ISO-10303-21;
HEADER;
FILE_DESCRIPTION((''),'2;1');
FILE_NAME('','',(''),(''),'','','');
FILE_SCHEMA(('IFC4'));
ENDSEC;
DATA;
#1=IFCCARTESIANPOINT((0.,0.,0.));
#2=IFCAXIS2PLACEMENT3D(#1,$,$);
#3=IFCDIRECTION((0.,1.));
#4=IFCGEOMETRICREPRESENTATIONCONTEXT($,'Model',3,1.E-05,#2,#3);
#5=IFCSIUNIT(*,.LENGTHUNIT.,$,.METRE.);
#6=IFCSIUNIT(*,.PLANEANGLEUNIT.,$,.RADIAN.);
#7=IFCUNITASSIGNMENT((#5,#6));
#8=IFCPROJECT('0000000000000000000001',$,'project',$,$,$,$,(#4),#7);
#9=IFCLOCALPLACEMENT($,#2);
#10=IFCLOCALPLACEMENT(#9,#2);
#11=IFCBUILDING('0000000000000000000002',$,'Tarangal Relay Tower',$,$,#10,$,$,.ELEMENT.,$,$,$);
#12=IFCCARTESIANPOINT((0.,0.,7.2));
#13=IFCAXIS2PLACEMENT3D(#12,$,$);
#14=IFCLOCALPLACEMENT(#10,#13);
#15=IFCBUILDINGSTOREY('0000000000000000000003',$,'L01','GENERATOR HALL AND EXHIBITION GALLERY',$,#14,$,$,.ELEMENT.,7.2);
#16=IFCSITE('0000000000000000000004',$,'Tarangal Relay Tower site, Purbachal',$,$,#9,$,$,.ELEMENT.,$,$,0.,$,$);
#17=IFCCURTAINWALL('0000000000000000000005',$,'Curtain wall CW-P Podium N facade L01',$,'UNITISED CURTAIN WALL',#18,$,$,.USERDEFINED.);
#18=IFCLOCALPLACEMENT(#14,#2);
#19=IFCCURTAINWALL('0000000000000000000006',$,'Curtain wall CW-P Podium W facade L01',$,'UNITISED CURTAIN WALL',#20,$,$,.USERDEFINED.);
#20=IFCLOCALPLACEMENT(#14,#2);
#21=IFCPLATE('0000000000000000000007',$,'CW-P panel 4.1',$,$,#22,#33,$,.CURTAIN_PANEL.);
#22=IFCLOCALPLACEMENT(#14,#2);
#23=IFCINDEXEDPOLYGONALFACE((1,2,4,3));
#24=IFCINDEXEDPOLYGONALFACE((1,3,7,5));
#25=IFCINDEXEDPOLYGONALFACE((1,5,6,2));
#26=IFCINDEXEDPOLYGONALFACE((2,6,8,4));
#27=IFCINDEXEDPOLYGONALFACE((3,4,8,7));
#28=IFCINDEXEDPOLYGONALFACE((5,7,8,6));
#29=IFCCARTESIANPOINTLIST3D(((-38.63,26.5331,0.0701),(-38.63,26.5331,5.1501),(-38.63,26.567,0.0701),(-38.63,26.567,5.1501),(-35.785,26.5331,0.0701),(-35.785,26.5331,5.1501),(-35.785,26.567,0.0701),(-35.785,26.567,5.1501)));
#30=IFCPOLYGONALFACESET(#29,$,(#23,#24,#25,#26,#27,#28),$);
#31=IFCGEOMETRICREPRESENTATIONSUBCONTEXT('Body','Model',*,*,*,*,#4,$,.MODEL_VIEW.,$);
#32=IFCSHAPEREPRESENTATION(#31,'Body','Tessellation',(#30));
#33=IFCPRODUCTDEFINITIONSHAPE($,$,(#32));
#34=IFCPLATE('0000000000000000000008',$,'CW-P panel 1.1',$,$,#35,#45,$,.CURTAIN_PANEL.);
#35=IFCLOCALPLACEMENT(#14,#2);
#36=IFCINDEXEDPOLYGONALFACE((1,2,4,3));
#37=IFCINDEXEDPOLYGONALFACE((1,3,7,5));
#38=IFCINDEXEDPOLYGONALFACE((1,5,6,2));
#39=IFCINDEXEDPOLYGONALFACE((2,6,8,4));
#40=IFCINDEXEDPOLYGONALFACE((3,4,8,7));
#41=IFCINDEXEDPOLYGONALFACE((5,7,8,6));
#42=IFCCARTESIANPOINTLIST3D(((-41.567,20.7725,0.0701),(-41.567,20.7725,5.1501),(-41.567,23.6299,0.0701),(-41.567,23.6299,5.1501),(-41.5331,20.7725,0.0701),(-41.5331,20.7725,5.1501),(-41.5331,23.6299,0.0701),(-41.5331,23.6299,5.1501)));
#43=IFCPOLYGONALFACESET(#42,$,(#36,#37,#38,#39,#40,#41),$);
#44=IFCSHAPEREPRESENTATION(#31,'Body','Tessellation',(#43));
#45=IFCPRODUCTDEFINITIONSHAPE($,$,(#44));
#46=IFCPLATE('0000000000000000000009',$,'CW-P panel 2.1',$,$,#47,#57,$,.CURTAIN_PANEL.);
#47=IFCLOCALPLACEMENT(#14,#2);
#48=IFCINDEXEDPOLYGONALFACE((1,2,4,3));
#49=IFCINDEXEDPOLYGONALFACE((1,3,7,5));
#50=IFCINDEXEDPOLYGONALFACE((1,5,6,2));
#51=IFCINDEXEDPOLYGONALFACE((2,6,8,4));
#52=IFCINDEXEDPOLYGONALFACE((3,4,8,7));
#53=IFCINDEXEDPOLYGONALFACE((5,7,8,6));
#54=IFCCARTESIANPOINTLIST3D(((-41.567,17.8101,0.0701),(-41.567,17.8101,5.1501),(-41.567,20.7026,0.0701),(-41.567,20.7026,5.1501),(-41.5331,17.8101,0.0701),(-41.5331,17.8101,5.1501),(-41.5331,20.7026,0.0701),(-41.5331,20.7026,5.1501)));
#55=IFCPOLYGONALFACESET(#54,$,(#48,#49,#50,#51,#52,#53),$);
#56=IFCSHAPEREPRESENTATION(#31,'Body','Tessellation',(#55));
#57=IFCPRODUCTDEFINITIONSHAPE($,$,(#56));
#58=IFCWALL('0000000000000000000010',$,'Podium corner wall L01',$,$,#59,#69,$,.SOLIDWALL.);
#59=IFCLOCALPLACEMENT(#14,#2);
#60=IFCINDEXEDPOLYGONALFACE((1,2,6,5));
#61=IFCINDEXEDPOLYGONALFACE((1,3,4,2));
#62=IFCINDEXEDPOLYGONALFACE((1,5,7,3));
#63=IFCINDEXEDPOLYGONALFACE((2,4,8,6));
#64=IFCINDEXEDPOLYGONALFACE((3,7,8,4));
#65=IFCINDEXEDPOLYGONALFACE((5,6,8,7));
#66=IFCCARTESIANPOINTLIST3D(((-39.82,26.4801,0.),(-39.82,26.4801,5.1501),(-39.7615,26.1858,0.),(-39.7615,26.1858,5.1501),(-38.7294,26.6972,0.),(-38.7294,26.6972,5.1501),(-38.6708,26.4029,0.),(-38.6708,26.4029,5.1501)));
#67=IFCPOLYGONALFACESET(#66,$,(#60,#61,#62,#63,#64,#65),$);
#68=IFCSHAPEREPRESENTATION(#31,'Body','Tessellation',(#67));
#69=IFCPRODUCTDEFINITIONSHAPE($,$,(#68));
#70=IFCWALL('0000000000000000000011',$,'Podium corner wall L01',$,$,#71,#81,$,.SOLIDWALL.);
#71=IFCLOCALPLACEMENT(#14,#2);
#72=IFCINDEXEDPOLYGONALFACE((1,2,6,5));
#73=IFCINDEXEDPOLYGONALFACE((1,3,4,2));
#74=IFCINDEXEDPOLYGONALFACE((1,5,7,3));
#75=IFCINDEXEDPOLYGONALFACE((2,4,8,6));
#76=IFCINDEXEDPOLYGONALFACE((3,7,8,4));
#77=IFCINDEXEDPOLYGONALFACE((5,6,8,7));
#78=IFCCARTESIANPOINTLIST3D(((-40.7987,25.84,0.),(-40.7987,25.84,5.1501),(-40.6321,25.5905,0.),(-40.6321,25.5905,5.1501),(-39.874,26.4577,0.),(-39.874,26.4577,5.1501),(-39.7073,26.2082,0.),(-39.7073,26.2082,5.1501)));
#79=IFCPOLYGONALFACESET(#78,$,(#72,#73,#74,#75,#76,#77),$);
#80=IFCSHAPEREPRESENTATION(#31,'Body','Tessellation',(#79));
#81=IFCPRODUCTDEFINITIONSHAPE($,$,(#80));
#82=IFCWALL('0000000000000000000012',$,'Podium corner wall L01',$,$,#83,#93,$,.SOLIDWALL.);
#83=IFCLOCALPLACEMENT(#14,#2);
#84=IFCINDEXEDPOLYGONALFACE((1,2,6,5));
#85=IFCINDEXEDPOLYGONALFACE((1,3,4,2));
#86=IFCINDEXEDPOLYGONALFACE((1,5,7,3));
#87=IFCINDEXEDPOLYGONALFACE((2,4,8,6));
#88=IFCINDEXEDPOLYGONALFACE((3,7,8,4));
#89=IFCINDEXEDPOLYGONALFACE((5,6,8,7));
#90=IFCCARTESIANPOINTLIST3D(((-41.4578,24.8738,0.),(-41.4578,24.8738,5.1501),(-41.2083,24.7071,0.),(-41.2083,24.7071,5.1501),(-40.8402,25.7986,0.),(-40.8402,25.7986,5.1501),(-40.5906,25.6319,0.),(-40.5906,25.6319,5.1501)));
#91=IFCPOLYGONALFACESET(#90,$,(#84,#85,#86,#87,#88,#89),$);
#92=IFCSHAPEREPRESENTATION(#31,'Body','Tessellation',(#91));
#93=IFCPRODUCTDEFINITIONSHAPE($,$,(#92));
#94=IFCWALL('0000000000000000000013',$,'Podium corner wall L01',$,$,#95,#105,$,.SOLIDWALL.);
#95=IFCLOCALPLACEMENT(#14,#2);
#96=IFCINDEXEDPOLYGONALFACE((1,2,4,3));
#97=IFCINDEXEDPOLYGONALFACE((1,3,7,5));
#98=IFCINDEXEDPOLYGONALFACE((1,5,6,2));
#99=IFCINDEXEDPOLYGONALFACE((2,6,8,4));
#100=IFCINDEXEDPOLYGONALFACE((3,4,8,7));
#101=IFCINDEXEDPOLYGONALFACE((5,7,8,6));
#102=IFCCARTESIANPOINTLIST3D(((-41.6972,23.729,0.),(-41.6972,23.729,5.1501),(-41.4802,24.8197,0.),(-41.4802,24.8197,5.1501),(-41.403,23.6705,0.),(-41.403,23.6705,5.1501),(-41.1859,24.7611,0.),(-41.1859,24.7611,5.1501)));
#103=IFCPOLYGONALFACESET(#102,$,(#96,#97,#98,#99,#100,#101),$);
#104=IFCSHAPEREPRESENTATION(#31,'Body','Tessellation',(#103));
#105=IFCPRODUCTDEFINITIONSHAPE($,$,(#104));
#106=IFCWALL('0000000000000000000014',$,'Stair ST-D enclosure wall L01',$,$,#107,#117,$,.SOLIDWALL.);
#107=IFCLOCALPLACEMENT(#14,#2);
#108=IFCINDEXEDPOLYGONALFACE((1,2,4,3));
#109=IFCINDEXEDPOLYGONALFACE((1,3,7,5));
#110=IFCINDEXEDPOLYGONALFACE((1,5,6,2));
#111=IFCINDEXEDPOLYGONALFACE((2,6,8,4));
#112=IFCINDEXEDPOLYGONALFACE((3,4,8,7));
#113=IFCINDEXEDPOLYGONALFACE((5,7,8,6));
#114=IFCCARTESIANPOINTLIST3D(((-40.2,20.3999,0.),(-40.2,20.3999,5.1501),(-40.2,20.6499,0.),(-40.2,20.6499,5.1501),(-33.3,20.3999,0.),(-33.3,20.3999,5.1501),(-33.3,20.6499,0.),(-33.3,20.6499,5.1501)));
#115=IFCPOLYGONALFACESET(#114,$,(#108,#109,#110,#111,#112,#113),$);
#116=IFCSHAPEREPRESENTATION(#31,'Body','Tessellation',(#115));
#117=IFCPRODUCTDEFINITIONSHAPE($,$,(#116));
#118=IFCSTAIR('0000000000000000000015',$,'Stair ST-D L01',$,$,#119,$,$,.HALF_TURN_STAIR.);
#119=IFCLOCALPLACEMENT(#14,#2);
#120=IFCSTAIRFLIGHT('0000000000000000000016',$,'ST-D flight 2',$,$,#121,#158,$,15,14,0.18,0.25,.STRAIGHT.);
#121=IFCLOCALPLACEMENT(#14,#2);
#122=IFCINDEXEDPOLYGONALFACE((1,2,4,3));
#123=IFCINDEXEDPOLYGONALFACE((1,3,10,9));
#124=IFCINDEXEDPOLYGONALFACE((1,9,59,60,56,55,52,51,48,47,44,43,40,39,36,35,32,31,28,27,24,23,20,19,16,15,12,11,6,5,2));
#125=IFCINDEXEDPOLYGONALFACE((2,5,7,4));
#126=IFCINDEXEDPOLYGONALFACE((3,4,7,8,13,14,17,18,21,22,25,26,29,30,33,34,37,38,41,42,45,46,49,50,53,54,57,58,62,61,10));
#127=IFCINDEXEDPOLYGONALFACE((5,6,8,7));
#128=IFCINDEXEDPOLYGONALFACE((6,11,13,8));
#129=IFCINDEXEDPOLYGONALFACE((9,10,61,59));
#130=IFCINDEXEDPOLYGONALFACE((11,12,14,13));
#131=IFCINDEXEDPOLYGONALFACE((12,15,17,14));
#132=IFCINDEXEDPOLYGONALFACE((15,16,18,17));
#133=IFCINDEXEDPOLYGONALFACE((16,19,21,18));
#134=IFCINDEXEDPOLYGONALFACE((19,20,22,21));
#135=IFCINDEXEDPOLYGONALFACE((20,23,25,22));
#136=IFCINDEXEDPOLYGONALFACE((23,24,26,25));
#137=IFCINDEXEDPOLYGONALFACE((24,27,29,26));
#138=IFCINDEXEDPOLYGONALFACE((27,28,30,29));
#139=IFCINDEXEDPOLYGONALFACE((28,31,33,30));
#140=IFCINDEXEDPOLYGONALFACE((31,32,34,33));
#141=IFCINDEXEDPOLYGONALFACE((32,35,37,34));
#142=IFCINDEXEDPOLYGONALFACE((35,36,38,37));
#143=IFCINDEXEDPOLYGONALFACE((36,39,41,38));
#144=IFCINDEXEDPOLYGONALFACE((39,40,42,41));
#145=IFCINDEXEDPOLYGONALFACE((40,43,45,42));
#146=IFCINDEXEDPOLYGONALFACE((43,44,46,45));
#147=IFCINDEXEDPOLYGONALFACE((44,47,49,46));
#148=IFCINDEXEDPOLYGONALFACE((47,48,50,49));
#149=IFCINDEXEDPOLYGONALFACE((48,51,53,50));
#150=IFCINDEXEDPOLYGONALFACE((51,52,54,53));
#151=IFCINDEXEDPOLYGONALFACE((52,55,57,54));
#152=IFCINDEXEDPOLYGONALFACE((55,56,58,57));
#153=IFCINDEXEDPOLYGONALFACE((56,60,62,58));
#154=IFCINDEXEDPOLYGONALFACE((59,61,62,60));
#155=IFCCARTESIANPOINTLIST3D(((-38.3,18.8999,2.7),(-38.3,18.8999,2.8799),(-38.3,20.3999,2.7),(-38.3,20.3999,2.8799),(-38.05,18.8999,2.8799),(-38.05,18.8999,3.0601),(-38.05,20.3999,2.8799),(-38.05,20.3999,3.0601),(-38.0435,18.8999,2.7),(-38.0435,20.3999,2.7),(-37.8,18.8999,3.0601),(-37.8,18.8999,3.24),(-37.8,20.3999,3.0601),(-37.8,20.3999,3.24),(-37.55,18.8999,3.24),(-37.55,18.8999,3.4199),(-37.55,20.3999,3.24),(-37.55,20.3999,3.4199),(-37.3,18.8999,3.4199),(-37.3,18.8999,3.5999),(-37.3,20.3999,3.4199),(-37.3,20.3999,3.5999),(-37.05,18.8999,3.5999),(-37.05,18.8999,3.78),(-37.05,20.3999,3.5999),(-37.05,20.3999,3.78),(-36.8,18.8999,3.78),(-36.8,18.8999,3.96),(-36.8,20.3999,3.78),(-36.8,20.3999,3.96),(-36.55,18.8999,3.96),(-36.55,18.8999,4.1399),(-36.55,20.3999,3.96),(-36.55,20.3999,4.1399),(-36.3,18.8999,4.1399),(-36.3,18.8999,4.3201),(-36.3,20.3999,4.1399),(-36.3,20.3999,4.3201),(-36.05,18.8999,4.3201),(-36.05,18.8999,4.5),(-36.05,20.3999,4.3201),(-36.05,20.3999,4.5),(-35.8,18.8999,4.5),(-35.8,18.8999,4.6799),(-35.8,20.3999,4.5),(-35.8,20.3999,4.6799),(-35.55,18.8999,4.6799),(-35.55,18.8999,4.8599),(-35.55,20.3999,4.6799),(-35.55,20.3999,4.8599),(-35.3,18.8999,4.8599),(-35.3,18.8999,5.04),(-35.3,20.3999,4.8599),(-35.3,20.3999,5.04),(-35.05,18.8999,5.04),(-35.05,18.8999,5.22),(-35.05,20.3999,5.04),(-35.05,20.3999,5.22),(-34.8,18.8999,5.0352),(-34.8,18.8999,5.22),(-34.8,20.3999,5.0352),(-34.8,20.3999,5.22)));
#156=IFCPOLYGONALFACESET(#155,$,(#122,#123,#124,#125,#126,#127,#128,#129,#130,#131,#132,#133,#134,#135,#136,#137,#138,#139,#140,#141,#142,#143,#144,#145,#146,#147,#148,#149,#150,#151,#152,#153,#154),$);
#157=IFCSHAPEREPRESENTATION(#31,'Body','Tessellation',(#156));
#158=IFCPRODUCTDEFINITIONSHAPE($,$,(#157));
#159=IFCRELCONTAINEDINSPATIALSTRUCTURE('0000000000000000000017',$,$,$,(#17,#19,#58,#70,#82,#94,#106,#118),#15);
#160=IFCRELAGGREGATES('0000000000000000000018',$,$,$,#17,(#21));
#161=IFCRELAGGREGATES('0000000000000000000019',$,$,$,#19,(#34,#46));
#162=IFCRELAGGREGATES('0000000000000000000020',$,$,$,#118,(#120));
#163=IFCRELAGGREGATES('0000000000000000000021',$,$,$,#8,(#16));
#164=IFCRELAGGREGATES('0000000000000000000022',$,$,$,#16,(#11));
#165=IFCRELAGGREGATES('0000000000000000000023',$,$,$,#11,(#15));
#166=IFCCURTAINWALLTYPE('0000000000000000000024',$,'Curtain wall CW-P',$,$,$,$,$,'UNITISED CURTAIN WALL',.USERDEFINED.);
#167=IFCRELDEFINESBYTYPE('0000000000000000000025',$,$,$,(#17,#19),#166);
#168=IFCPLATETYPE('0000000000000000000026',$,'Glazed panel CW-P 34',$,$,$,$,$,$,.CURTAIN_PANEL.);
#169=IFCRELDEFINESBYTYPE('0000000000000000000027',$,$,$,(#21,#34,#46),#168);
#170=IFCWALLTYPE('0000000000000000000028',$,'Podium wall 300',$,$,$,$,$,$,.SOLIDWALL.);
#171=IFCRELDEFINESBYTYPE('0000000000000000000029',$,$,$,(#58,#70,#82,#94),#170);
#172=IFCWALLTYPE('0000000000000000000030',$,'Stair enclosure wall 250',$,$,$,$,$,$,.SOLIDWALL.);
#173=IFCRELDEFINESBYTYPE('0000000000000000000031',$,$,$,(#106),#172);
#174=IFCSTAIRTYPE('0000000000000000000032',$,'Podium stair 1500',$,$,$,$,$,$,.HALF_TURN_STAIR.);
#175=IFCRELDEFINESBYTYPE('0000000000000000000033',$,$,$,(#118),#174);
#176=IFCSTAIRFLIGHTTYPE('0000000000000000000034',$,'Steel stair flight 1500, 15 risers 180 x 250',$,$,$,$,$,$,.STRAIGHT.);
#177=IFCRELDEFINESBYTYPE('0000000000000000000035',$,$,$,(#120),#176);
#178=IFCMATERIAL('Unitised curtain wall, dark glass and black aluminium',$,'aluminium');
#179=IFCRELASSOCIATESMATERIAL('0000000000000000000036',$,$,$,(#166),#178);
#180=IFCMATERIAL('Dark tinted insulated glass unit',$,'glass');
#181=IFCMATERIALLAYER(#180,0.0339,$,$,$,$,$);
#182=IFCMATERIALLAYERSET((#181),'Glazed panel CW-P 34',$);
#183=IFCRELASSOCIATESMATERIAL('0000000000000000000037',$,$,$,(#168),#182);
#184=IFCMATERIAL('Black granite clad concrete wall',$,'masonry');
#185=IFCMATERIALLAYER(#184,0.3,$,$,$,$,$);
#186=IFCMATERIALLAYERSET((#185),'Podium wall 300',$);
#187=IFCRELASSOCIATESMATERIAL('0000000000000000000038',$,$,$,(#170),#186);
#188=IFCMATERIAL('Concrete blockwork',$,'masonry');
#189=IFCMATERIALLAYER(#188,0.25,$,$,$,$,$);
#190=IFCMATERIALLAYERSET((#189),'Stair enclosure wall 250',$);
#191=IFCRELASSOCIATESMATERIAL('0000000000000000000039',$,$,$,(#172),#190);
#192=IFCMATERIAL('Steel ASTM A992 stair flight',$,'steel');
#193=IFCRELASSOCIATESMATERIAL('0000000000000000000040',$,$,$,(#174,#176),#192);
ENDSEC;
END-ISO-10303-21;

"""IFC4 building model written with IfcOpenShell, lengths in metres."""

from ifc_helpers import new_model, si_unit, direction, frame, frame_2d, origin, origin_2d, place, context, subcontext, project, spatial, polyline, rectangle, outline, extrude, material, layer, layer_set, type_object, element, aggregate, save


model = new_model("IFC4")

# Units and contexts
model_context = context("Model", 3, precision=1e-05, world=origin(), true_north=direction((0.0, 1.0)))
body_context = subcontext(model_context, "Body", "Model", "MODEL_VIEW")
ifc_project = project(units=[si_unit("LENGTHUNIT", "METRE"), si_unit("PLANEANGLEUNIT", "RADIAN")], contexts=[model_context])

# Site, building, storey
site_placement = place(None, origin())
site = spatial("IfcSite", under=ifc_project, at=site_placement, Name="Tarangal Relay Tower site, Purbachal", CompositionType="ELEMENT", RefElevation=0.0)
building_placement = place(site_placement, origin())
building = spatial("IfcBuilding", under=site, at=building_placement, Name="Tarangal Relay Tower", CompositionType="ELEMENT")
storey_placement = place(building_placement, frame((0.0, 0.0, 7.2)))
storey = spatial("IfcBuildingStorey", under=building, at=storey_placement, Name="L01", Description="GENERATOR HALL AND EXHIBITION GALLERY", CompositionType="ELEMENT", Elevation=7.2)

# Curtain walls
ifc_material_1 = material(Name="Unitised curtain wall, dark glass and black aluminium", Category="aluminium")
curtain_wall_type = type_object("IfcCurtainWallType", Name="Curtain wall CW-P", ElementType="UNITISED CURTAIN WALL", PredefinedType="USERDEFINED", material=ifc_material_1)
curtain_wall_1_placement = place(storey_placement, origin())
curtain_wall_1 = element("IfcCurtainWall", 1, at=curtain_wall_1_placement, inside=storey, type_object=curtain_wall_type, Name="Curtain wall CW-P Podium N facade L01", ObjectType="UNITISED CURTAIN WALL", PredefinedType="USERDEFINED")
curtain_wall_2_placement = place(storey_placement, origin())
curtain_wall_2 = element("IfcCurtainWall", 2, at=curtain_wall_2_placement, inside=storey, type_object=curtain_wall_type, Name="Curtain wall CW-P Podium W facade L01", ObjectType="UNITISED CURTAIN WALL", PredefinedType="USERDEFINED")

# Plates
ifc_material_2 = material(Name="Dark tinted insulated glass unit", Category="glass")
ifc_layer_1 = layer(ifc_material_2, 0.0339)
ifc_layer_set_1 = layer_set([ifc_layer_1], Name="Glazed panel CW-P 34")
plate_type = type_object("IfcPlateType", Name="Glazed panel CW-P 34", PredefinedType="CURTAIN_PANEL", material=ifc_layer_set_1)
plate_1_placement = place(storey_placement, frame((-37.2075, 26.55, 0.0701), z_axis=(0.0, 0.0, 1.0), x_axis=(-1.0, 0.0, 0.0)))
plate_1 = element("IfcPlate", 3, at=plate_1_placement, type_object=plate_type, Name="CW-P panel 4.1", PredefinedType="CURTAIN_PANEL", context=body_context, shape_type="SweptSolid", body=[
    extrude(rectangle(XDim=2.845, YDim=0.0339, at=origin_2d()), origin(), (0.0, 0.0, 1.0), 5.0801),
])
aggregate(curtain_wall_1, [plate_1])
plate_2_placement = place(storey_placement, frame((-41.55, 22.2012, 0.0701), z_axis=(0.0, 0.0, 1.0), x_axis=(0.0, -1.0, 0.0)))
plate_2 = element("IfcPlate", 4, at=plate_2_placement, type_object=plate_type, Name="CW-P panel 1.1", PredefinedType="CURTAIN_PANEL", context=body_context, shape_type="SweptSolid", body=[
    extrude(rectangle(XDim=2.8574, YDim=0.0339, at=origin_2d()), origin(), (0.0, 0.0, 1.0), 5.0801),
])
plate_3_placement = place(storey_placement, frame((-41.55, 19.2563, 0.0701), z_axis=(0.0, 0.0, 1.0), x_axis=(0.0, -1.0, 0.0)))
plate_3 = element("IfcPlate", 5, at=plate_3_placement, type_object=plate_type, Name="CW-P panel 2.1", PredefinedType="CURTAIN_PANEL", context=body_context, shape_type="SweptSolid", body=[
    extrude(rectangle(XDim=2.8926, YDim=0.0339, at=origin_2d()), origin(), (0.0, 0.0, 1.0), 5.0801),
])
aggregate(curtain_wall_2, [plate_2, plate_3])

# Walls
ifc_material_3 = material(Name="Black granite clad concrete wall", Category="masonry")
ifc_layer_2 = layer(ifc_material_3, 0.3)
ifc_layer_set_2 = layer_set([ifc_layer_2], Name="Podium wall 300")
wall_type_1 = type_object("IfcWallType", Name="Podium wall 300", PredefinedType="SOLIDWALL", material=ifc_layer_set_2)
for number, where, z_axis, x_axis, name in (
    (6, (-38.7, 26.55, 0.0), (0.0, 0.0, 1.0), (-0.980766, -0.195187, 0.0), "Podium corner wall L01"),
    (7, (-39.7905, 26.333, 0.0), (0.0, 0.0, 1.0), (-0.831577, -0.555409, 0.0), "Podium corner wall L01"),
    (8, (-40.7153, 25.7153, 0.0), (0.0, 0.0, 1.0), (-0.555409, -0.831577, 0.0), "Podium corner wall L01"),
    (9, (-41.333, 24.7905, 0.0), (0.0, 0.0, 1.0), (-0.195187, -0.980766, 0.0), "Podium corner wall L01"),
):
    element("IfcWall", number, at=place(storey_placement, frame(where, z_axis=z_axis, x_axis=x_axis)), inside=storey, type_object=wall_type_1, Name=name, PredefinedType="SOLIDWALL", context=body_context, shape_type="SweptSolid", body=[
        extrude(rectangle(XDim=1.1121, YDim=0.3, at=frame_2d((0.5562, 0.0))), origin(), (0.0, 0.0, 1.0), 5.1501),
    ])
ifc_material_4 = material(Name="Concrete blockwork", Category="masonry")
ifc_layer_3 = layer(ifc_material_4, 0.25)
ifc_layer_set_3 = layer_set([ifc_layer_3], Name="Stair enclosure wall 250")
wall_type_2 = type_object("IfcWallType", Name="Stair enclosure wall 250", PredefinedType="SOLIDWALL", material=ifc_layer_set_3)
wall_placement = place(storey_placement, frame((-40.2, 20.5249, 0.0), z_axis=(0.0, 0.0, 1.0), x_axis=(1.0, 0.0, 0.0)))
element("IfcWall", 10, at=wall_placement, inside=storey, type_object=wall_type_2, Name="Stair ST-D enclosure wall L01", PredefinedType="SOLIDWALL", context=body_context, shape_type="SweptSolid", body=[
    extrude(rectangle(XDim=6.8999, YDim=0.25, at=frame_2d((3.45, 0.0))), origin(), (0.0, 0.0, 1.0), 5.1501),
])

# Stair, stair flight
ifc_material_5 = material(Name="Steel ASTM A992 stair flight", Category="steel")
stair_type = type_object("IfcStairType", Name="Podium stair 1500", PredefinedType="HALF_TURN_STAIR", material=ifc_material_5)
stair_placement = place(storey_placement, origin())
stair = element("IfcStair", 11, at=stair_placement, inside=storey, type_object=stair_type, Name="Stair ST-D L01", PredefinedType="HALF_TURN_STAIR")
stair_flight_type = type_object("IfcStairFlightType", Name="Steel stair flight 1500, 15 risers 180 x 250", PredefinedType="STRAIGHT", material=ifc_material_5)
stair_flight_placement = place(storey_placement, frame((-38.3, 19.6499, 2.7), z_axis=(0.0, 0.0, 1.0), x_axis=(1.0, 0.0, 0.0)))
stair_flight = element("IfcStairFlight", 12, at=stair_flight_placement, type_object=stair_flight_type, Name="ST-D flight 2", NumberOfRisers=15, NumberOfTreads=14, PredefinedType="STRAIGHT", RiserHeight=0.18, TreadLength=0.25, context=body_context, shape_type="SweptSolid", body=[
    extrude(outline(polyline([(0.0, 0.0), (0.0, 0.1799), (0.25, 0.1799), (0.25, 0.3601), (0.5, 0.3601), (0.5, 0.54), (0.75, 0.54), (0.75, 0.72), (1.0, 0.72), (1.0, 0.8999), (1.25, 0.8999), (1.25, 1.0801), (1.5, 1.0801), (1.5, 1.26), (1.75, 1.26), (1.75, 1.4399), (2.0, 1.4399), (2.0, 1.6201), (2.25, 1.6201), (2.25, 1.8), (2.5, 1.8), (2.5, 1.98), (2.75, 1.98), (2.75, 2.1599), (3.0, 2.1599), (3.0, 2.3401), (3.25, 2.3401), (3.25, 2.52), (3.5, 2.52), (3.5, 2.7), (3.5, 2.3352), (0.2566, 0.0), (0.0, 0.0)])), frame((0.0, 0.75, 0.0), z_axis=(0.0, -1.0, 0.0), x_axis=(1.0, 0.0, 0.0)), (0.0, 0.0, 1.0), 1.5),
])
aggregate(stair, [stair_flight])

save(model, "model.ifc")
